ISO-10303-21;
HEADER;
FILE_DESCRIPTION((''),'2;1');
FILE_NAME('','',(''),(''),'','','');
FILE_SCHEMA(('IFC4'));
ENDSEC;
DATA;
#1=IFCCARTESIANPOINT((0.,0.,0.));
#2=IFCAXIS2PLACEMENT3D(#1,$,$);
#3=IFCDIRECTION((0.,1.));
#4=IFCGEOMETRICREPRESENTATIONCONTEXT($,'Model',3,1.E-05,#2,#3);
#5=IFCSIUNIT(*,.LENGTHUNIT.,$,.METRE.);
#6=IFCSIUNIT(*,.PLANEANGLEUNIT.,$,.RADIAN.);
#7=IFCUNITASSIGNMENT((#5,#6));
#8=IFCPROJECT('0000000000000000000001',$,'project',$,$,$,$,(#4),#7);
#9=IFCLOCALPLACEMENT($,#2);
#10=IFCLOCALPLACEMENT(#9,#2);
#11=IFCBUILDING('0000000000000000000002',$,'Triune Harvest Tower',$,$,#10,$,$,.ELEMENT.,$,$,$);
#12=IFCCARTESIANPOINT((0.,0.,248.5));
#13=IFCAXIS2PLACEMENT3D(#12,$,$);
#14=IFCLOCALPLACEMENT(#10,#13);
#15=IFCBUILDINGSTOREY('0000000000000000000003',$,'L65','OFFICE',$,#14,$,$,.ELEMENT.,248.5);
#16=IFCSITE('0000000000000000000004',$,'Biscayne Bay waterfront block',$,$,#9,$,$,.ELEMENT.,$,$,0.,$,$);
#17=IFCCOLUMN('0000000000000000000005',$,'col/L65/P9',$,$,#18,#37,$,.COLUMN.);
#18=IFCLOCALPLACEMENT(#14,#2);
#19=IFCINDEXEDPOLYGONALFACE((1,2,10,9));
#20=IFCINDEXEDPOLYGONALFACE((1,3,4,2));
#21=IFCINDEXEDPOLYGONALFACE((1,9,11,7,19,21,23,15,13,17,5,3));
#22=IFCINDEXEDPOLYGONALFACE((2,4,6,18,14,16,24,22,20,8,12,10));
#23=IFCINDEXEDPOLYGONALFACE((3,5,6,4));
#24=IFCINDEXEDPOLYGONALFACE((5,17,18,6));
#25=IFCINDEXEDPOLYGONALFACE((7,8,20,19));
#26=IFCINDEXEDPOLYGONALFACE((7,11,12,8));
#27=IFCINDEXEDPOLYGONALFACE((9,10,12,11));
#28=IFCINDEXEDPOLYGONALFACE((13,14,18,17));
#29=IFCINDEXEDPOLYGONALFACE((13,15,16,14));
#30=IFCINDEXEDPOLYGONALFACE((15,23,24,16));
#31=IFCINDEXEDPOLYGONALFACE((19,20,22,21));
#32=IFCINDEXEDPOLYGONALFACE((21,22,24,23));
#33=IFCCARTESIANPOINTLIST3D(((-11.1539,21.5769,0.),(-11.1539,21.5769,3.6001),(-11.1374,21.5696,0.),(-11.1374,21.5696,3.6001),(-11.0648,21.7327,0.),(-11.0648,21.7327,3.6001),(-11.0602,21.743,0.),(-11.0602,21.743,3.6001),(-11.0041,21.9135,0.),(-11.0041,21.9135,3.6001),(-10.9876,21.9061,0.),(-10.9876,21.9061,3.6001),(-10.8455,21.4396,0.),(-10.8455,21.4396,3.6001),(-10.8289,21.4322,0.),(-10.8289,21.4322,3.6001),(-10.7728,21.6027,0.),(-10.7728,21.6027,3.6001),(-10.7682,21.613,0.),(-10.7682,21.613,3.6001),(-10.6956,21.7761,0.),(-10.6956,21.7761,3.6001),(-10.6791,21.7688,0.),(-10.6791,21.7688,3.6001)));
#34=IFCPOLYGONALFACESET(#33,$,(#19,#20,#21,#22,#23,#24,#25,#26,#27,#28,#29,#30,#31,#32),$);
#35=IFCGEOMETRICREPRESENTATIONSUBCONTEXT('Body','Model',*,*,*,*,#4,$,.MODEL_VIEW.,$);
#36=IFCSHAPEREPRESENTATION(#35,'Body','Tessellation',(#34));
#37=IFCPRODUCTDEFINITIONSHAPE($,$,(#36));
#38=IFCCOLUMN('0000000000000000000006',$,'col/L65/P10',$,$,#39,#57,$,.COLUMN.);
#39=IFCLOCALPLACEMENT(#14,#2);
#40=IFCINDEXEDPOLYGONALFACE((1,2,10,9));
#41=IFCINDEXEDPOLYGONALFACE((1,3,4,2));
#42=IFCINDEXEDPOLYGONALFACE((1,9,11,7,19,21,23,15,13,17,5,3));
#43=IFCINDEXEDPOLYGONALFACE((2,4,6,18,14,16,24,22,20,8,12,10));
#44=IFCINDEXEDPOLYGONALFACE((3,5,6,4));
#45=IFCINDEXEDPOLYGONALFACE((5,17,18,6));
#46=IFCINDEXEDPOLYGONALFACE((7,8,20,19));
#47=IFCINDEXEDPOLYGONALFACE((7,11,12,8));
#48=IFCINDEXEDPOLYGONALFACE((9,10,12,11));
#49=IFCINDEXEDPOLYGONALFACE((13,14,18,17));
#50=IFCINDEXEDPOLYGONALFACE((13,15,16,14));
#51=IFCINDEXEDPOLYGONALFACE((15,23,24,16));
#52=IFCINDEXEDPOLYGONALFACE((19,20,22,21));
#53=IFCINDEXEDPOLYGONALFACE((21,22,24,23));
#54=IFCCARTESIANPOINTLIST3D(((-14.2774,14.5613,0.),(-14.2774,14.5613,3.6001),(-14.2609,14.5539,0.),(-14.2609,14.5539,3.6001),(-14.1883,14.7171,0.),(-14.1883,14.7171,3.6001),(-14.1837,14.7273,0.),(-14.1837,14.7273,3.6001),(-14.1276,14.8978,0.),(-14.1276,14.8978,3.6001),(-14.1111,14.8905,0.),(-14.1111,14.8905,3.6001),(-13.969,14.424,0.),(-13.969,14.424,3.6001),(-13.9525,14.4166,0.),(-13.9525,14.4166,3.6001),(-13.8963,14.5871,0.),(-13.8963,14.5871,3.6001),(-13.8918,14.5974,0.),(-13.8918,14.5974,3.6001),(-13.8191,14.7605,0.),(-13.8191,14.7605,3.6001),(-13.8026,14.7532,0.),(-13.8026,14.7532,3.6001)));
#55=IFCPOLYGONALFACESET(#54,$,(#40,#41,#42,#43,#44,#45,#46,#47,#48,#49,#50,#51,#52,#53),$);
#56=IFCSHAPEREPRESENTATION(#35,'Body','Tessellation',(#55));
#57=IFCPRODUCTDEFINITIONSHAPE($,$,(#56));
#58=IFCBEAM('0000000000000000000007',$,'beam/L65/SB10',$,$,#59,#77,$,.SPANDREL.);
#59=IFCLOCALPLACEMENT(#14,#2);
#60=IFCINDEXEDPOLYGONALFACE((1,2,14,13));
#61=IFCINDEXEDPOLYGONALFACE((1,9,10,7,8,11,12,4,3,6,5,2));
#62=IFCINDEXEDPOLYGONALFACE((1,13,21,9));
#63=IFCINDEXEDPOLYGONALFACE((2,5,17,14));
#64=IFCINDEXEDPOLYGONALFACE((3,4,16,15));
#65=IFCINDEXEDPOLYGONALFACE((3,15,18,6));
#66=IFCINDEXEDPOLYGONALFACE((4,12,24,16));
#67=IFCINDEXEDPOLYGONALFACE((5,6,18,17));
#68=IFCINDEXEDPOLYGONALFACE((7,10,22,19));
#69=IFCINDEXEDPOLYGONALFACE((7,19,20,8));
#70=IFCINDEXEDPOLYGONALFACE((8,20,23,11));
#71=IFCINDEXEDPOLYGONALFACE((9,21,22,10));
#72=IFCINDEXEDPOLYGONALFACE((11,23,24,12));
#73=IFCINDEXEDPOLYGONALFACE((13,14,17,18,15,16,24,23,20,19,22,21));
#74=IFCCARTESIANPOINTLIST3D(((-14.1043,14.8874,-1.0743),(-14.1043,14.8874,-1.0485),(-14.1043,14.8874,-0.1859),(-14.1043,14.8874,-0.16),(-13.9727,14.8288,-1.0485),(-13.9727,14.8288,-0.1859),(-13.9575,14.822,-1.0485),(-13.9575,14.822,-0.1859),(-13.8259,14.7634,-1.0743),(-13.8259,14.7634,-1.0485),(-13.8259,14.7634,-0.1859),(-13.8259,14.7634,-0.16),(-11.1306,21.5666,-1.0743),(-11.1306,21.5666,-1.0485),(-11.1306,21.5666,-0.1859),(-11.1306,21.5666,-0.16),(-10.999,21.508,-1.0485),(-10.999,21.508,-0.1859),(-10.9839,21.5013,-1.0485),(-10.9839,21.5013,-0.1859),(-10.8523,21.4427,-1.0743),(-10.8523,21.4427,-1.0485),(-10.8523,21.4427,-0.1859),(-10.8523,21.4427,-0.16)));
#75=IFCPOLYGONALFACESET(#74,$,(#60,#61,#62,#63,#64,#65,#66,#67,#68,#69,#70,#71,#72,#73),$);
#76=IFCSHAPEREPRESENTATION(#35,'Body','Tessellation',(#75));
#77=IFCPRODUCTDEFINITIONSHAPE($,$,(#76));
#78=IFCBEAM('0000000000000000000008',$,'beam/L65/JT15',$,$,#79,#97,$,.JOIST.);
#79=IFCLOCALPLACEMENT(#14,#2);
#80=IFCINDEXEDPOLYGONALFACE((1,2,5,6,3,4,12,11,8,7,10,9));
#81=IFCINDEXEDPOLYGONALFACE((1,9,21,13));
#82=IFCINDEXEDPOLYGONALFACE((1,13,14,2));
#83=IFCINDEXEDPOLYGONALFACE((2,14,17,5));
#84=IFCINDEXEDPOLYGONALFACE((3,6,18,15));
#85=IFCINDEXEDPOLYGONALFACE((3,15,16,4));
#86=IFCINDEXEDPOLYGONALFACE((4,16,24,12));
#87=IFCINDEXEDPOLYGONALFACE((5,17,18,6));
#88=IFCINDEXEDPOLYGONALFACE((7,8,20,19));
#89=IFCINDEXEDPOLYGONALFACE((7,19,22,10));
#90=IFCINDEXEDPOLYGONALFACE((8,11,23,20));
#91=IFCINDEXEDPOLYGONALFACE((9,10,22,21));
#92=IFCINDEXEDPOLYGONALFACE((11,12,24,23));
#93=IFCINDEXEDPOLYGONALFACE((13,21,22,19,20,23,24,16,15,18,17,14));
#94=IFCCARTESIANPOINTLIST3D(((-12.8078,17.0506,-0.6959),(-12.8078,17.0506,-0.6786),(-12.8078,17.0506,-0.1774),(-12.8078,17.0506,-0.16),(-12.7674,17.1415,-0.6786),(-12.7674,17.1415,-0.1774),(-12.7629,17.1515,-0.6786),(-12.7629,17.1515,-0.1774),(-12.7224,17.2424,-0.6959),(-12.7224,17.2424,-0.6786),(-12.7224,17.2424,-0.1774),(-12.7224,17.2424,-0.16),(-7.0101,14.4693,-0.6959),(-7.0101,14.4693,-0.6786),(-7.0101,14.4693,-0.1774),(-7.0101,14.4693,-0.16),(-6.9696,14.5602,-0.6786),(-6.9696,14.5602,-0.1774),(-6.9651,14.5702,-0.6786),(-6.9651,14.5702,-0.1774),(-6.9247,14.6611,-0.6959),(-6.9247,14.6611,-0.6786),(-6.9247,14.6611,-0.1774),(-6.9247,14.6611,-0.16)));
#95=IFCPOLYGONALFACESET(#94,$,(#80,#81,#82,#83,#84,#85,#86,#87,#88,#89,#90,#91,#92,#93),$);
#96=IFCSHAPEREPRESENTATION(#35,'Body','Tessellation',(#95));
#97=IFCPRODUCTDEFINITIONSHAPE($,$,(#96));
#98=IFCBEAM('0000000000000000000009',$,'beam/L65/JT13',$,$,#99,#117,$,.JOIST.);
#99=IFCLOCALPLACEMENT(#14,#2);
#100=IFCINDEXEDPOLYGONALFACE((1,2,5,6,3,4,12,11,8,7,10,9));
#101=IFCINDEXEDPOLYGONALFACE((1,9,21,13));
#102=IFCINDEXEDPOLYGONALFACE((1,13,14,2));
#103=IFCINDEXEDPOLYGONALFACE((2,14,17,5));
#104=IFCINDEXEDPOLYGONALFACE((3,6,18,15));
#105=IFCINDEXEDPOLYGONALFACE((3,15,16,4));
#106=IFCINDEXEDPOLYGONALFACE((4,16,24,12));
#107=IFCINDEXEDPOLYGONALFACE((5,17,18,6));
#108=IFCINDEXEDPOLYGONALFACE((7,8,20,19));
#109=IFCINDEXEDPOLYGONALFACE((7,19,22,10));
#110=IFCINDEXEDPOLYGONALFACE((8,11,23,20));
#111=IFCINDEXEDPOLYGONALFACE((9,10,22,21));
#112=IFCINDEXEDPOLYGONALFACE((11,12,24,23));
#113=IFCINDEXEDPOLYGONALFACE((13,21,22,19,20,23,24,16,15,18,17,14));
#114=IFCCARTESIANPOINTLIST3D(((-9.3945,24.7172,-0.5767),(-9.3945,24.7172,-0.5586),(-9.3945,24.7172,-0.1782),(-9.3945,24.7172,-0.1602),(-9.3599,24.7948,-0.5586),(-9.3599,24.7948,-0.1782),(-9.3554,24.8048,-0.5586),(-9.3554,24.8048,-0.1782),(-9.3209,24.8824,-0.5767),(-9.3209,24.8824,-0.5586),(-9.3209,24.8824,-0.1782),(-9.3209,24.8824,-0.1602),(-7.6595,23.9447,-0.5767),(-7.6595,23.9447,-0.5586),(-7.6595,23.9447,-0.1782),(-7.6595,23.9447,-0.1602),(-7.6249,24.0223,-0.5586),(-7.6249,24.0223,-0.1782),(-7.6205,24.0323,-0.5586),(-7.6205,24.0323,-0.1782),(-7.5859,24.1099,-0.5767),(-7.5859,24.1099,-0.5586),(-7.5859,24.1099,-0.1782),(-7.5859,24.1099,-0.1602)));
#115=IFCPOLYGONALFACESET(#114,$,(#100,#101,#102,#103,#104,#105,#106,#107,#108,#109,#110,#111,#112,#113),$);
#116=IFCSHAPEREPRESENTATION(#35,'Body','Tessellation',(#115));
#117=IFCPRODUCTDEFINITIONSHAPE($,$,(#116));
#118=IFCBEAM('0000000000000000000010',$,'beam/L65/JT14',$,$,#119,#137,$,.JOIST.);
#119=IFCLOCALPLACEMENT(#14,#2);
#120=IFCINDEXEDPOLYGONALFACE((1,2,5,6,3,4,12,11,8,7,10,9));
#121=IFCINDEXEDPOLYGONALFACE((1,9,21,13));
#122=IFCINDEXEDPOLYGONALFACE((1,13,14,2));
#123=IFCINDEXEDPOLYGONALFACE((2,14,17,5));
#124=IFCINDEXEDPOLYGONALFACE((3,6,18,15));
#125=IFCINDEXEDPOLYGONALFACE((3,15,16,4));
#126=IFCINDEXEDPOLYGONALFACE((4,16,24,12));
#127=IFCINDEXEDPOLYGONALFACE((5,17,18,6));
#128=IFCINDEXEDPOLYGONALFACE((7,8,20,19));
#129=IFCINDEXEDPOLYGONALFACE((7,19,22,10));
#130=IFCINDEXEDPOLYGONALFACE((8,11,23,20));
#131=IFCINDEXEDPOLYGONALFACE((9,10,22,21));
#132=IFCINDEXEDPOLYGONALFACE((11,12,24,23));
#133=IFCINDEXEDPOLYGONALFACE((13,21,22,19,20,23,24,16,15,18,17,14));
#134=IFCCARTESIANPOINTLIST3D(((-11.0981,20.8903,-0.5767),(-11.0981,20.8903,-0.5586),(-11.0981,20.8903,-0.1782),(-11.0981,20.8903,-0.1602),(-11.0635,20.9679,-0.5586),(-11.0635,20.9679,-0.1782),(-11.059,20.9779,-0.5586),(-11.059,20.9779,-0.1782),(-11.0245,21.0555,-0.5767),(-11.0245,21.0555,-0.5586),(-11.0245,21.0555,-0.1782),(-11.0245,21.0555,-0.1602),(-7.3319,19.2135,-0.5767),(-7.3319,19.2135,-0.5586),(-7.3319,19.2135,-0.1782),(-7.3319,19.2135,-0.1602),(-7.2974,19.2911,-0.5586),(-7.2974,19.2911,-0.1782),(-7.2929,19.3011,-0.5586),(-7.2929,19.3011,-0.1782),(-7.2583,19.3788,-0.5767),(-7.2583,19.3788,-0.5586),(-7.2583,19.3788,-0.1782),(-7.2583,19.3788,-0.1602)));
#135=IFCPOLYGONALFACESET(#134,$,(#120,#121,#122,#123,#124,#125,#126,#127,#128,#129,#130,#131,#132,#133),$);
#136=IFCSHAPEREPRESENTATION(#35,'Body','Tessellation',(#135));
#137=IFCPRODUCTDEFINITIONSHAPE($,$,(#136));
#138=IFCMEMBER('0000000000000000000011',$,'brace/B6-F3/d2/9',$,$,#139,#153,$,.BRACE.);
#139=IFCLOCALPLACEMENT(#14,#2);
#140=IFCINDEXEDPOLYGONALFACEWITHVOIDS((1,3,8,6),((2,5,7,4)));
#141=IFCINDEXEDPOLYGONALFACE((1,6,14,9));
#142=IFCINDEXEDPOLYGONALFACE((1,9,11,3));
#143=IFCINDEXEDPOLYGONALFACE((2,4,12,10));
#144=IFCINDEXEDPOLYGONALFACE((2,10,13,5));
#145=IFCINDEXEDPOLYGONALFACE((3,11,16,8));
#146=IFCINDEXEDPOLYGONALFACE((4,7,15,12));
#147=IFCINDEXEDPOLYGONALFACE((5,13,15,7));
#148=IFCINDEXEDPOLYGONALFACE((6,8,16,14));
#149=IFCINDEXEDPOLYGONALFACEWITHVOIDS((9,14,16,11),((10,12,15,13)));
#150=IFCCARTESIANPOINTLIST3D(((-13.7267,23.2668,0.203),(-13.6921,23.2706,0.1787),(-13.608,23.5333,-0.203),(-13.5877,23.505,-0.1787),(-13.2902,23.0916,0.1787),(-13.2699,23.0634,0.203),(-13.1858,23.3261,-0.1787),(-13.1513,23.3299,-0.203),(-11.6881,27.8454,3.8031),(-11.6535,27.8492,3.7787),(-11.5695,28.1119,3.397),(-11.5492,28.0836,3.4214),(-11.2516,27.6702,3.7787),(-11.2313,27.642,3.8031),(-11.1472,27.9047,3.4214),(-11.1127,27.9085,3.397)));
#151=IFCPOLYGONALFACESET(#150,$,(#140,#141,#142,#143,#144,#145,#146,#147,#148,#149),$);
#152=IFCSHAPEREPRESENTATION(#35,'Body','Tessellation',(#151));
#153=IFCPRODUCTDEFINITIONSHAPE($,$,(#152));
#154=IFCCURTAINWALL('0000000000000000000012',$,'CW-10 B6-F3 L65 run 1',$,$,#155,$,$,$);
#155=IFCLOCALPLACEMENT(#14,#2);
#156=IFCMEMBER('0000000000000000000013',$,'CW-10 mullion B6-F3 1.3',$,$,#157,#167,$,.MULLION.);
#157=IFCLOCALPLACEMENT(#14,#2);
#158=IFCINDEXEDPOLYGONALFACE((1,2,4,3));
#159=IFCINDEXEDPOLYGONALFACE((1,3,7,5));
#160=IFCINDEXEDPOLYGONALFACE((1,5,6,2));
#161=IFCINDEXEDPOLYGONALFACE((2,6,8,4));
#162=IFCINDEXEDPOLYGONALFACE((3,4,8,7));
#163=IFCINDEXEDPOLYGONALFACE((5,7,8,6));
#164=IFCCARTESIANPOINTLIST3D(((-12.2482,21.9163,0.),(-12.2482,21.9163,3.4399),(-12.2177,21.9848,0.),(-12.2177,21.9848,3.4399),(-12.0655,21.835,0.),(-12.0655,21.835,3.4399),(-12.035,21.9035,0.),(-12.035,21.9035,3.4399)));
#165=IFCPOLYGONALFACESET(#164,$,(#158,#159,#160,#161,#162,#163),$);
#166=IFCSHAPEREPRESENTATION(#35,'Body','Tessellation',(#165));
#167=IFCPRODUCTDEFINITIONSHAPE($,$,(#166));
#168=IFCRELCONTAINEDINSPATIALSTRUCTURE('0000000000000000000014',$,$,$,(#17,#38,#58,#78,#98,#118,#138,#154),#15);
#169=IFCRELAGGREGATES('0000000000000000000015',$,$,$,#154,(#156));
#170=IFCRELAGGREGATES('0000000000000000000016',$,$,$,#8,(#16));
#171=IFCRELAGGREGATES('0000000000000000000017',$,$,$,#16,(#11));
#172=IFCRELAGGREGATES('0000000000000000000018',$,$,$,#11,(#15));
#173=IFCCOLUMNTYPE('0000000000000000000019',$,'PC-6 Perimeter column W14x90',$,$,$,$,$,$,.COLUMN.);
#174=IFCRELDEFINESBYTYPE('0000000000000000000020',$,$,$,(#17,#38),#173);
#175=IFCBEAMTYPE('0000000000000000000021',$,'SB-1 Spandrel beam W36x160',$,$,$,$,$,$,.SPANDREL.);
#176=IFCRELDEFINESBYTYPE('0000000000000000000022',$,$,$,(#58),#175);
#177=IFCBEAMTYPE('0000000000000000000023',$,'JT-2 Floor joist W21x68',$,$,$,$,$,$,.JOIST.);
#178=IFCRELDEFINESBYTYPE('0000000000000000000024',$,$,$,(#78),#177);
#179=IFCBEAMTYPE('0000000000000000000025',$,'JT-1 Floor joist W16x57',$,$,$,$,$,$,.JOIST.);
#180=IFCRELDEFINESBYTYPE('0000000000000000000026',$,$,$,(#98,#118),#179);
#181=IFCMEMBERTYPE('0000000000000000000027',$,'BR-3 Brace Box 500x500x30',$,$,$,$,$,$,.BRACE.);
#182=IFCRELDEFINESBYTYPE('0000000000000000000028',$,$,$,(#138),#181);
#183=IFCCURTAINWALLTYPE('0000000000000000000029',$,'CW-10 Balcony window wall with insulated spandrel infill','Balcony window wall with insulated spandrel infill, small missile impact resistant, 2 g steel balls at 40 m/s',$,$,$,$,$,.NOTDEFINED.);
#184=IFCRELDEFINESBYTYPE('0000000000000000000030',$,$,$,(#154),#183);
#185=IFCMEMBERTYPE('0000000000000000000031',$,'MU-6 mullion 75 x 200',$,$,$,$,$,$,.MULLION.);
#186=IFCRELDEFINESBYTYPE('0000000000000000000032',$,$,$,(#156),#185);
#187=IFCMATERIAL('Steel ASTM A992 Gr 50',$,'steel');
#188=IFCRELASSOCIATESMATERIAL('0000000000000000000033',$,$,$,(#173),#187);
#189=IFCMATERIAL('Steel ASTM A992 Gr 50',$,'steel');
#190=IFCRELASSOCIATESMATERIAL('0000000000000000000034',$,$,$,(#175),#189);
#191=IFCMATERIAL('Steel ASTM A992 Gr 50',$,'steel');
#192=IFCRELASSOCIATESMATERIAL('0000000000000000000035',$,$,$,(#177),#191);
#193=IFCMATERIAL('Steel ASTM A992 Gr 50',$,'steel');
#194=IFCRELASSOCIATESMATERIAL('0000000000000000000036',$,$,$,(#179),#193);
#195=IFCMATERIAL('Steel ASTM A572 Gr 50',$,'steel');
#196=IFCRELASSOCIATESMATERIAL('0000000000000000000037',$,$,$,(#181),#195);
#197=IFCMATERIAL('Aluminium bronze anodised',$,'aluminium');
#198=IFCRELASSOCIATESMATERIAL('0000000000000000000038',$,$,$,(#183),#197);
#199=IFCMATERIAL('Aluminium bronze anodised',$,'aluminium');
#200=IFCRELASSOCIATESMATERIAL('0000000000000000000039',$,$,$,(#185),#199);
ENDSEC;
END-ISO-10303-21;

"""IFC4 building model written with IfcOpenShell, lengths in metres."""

from ifc_helpers import new_model, si_unit, direction, frame, origin, origin_2d, place, context, subcontext, project, spatial, rectangle, hollow_rectangle, i_section, extrude, source, transform, mapped, material, material_profile, profile_set, type_object, element, aggregate, save


model = new_model("IFC4")

# Units and contexts
model_context = context("Model", 3, precision=1e-05, world=origin(), true_north=direction((0.0, 1.0)))
body_context = subcontext(model_context, "Body", "Model", "MODEL_VIEW")
ifc_project = project(units=[si_unit("LENGTHUNIT", "METRE"), si_unit("PLANEANGLEUNIT", "RADIAN")], contexts=[model_context])

# Site, building, storey
site_placement = place(None, origin())
site = spatial("IfcSite", under=ifc_project, at=site_placement, Name="Biscayne Bay waterfront block", CompositionType="ELEMENT", RefElevation=0.0)
building_placement = place(site_placement, origin())
building = spatial("IfcBuilding", under=site, at=building_placement, Name="Triune Harvest Tower", CompositionType="ELEMENT")
storey_placement = place(building_placement, frame((0.0, 0.0, 248.5)))
storey = spatial("IfcBuildingStorey", under=building, at=storey_placement, Name="L65", Description="OFFICE", CompositionType="ELEMENT", Elevation=248.5)

# Columns
ifc_material_1 = material(Name="Steel ASTM A992 Gr 50", Category="steel")
ifc_material_profile_1 = material_profile(ifc_material_1, i_section(OverallWidth=0.3684, OverallDepth=0.3557, WebThickness=0.0112, FlangeThickness=0.0181, at=origin_2d()), Name="W14x90")
ifc_profile_set_1 = profile_set([ifc_material_profile_1], Name="Steel ASTM A992 Gr 50")
column_type = type_object("IfcColumnType", Name="PC-6 Perimeter column W14x90", PredefinedType="COLUMN", material=ifc_profile_set_1)
shared_shape_1 = source(origin(), body_context, "Body", "SweptSolid", [
    extrude(i_section(OverallWidth=0.3684, OverallDepth=0.3557, WebThickness=0.0112, FlangeThickness=0.0181, at=origin_2d()), origin(), (0.0, 0.0, 1.0), 3.6001),
])
for number, where, z_axis, x_axis, name in (
    (1, (-10.9165, 21.6729, 0.0), (0.0, 0.0, 1.0), (-0.406738, -0.913545, 0.0), "col/L65/P9"),
    (2, (-14.04, 14.6572, 0.0), (0.0, 0.0, 1.0), (-0.406738, -0.913545, 0.0), "col/L65/P10"),
):
    element("IfcColumn", number, at=place(storey_placement, frame(where, z_axis=z_axis, x_axis=x_axis)), inside=storey, type_object=column_type, Name=name, PredefinedType="COLUMN", context=body_context, shape_type="MappedRepresentation", body=[
        mapped(shared_shape_1, transform((0.0, 0.0, 0.0), scale=1.0)),
    ])

# Beams
ifc_material_2 = material(Name="Steel ASTM A992 Gr 50", Category="steel")
ifc_material_profile_2 = material_profile(ifc_material_2, i_section(OverallWidth=0.3047, OverallDepth=0.9143, WebThickness=0.0166, FlangeThickness=0.0259, at=origin_2d()), Name="W36x160")
ifc_profile_set_2 = profile_set([ifc_material_profile_2], Name="Steel ASTM A992 Gr 50")
beam_type_1 = type_object("IfcBeamType", Name="SB-1 Spandrel beam W36x160", PredefinedType="SPANDREL", material=ifc_profile_set_2)
shared_shape_2 = source(origin(), body_context, "Body", "SweptSolid", [
    extrude(i_section(OverallWidth=0.3047, OverallDepth=0.9143, WebThickness=0.0166, FlangeThickness=0.0259, at=origin_2d()), origin(), (0.0, 0.0, 1.0), 7.3113),
])
beam_1_placement = place(storey_placement, frame((-10.9915, 21.5046, -0.6172), z_axis=(-0.406721, -0.913552, 0.0), x_axis=(0.913552, -0.406721, 0.0)))
element("IfcBeam", 3, at=beam_1_placement, inside=storey, type_object=beam_type_1, Name="beam/L65/SB10", PredefinedType="SPANDREL", context=body_context, shape_type="MappedRepresentation", body=[
    mapped(shared_shape_2, transform((0.0, 0.0, 0.0), scale=1.0)),
])
ifc_material_3 = material(Name="Steel ASTM A992 Gr 50", Category="steel")
ifc_material_profile_3 = material_profile(ifc_material_3, i_section(OverallWidth=0.21, OverallDepth=0.5359, WebThickness=0.011, FlangeThickness=0.0173, at=origin_2d()), Name="W21x68")
ifc_profile_set_3 = profile_set([ifc_material_profile_3], Name="Steel ASTM A992 Gr 50")
beam_type_2 = type_object("IfcBeamType", Name="JT-2 Floor joist W21x68", PredefinedType="JOIST", material=ifc_profile_set_3)
shared_shape_3 = source(origin(), body_context, "Body", "SweptSolid", [
    extrude(i_section(OverallWidth=0.21, OverallDepth=0.5359, WebThickness=0.011, FlangeThickness=0.0173, at=origin_2d()), origin(), (0.0, 0.0, 1.0), 6.3464),
])
beam_2_placement = place(storey_placement, frame((-12.7651, 17.1465, -0.428), z_axis=(0.91355, -0.406727, 0.0), x_axis=(0.406727, 0.91355, 0.0)))
element("IfcBeam", 4, at=beam_2_placement, inside=storey, type_object=beam_type_2, Name="beam/L65/JT15", PredefinedType="JOIST", context=body_context, shape_type="MappedRepresentation", body=[
    mapped(shared_shape_3, transform((0.0, 0.0, 0.0), scale=1.0)),
])
ifc_material_4 = material(Name="Steel ASTM A992 Gr 50", Category="steel")
ifc_material_profile_4 = material_profile(ifc_material_4, i_section(OverallWidth=0.1809, OverallDepth=0.4165, WebThickness=0.011, FlangeThickness=0.0181, at=origin_2d()), Name="W16x57")
ifc_profile_set_4 = profile_set([ifc_material_profile_4], Name="Steel ASTM A992 Gr 50")
beam_type_3 = type_object("IfcBeamType", Name="JT-1 Floor joist W16x57", PredefinedType="JOIST", material=ifc_profile_set_4)
shared_shape_4 = source(origin(), body_context, "Body", "SweptSolid", [
    extrude(i_section(OverallWidth=0.1809, OverallDepth=0.4165, WebThickness=0.011, FlangeThickness=0.0181, at=origin_2d()), origin(), (0.0, 0.0, 1.0), 1.8992),
])
beam_3_placement = place(storey_placement, frame((-9.3577, 24.7998, -0.3684), z_axis=(0.913536, -0.406759, 0.0), x_axis=(0.406759, 0.913536, 0.0)))
element("IfcBeam", 5, at=beam_3_placement, inside=storey, type_object=beam_type_3, Name="beam/L65/JT13", PredefinedType="JOIST", context=body_context, shape_type="MappedRepresentation", body=[
    mapped(shared_shape_4, transform((0.0, 0.0, 0.0), scale=1.0)),
])
shared_shape_5 = source(origin(), body_context, "Body", "SweptSolid", [
    extrude(i_section(OverallWidth=0.1809, OverallDepth=0.4165, WebThickness=0.011, FlangeThickness=0.0181, at=origin_2d()), origin(), (0.0, 0.0, 1.0), 4.1226),
])
beam_4_placement = place(storey_placement, frame((-11.0613, 20.9729, -0.3684), z_axis=(0.913548, -0.406732, 0.0), x_axis=(0.406732, 0.913548, 0.0)))
element("IfcBeam", 6, at=beam_4_placement, inside=storey, type_object=beam_type_3, Name="beam/L65/JT14", PredefinedType="JOIST", context=body_context, shape_type="MappedRepresentation", body=[
    mapped(shared_shape_5, transform((0.0, 0.0, 0.0), scale=1.0)),
])

# Member
ifc_material_5 = material(Name="Steel ASTM A572 Gr 50", Category="steel")
ifc_material_profile_5 = material_profile(ifc_material_5, hollow_rectangle(XDim=0.5, YDim=0.5, WallThickness=0.03, at=origin_2d()), Name="Box 500x500x30")
ifc_profile_set_5 = profile_set([ifc_material_profile_5], Name="Steel ASTM A572 Gr 50")
member_type_1 = type_object("IfcMemberType", Name="BR-3 Brace Box 500x500x30", PredefinedType="BRACE", material=ifc_profile_set_5)
shared_shape_6 = source(origin(), body_context, "Body", "SweptSolid", [
    extrude(hollow_rectangle(XDim=0.5, YDim=0.5, WallThickness=0.03, at=origin_2d()), origin(), (0.0, 0.0, 1.0), 6.1709),
])
member_1_placement = place(storey_placement, frame((-13.439, 23.2983, 0.0), z_axis=(0.330352, 0.741967, 0.583398), x_axis=(-0.913542, 0.406744, 0.0)))
element("IfcMember", 7, at=member_1_placement, inside=storey, type_object=member_type_1, Name="brace/B6-F3/d2/9", PredefinedType="BRACE", context=body_context, shape_type="MappedRepresentation", body=[
    mapped(shared_shape_6, transform((0.0, 0.0, 0.0), scale=1.0)),
])

# Curtain wall, member
ifc_material_6 = material(Name="Aluminium bronze anodised", Category="aluminium")
curtain_wall_type = type_object("IfcCurtainWallType", Name="CW-10 Balcony window wall with insulated spandrel infill", Description="Balcony window wall with insulated spandrel infill, small missile impact resistant, 2 g steel balls at 40 m/s", PredefinedType="NOTDEFINED", material=ifc_material_6)
curtain_wall_placement = place(storey_placement, origin())
curtain_wall = element("IfcCurtainWall", 8, at=curtain_wall_placement, inside=storey, type_object=curtain_wall_type, Name="CW-10 B6-F3 L65 run 1")
ifc_material_7 = material(Name="Aluminium bronze anodised", Category="aluminium")
ifc_material_profile_6 = material_profile(ifc_material_7, rectangle(XDim=0.2, YDim=0.075, at=origin_2d()), Name="MU-6 mullion 75 x 200")
ifc_profile_set_6 = profile_set([ifc_material_profile_6], Name="Aluminium bronze anodised")
member_type_2 = type_object("IfcMemberType", Name="MU-6 mullion 75 x 200", PredefinedType="MULLION", material=ifc_profile_set_6)
shared_shape_7 = source(origin(), body_context, "Body", "SweptSolid", [
    extrude(rectangle(XDim=0.2, YDim=0.075, at=origin_2d()), origin(), (0.0, 0.0, 1.0), 3.4399),
])
member_2_placement = place(storey_placement, frame((-12.1416, 21.9099, 0.0), z_axis=(0.0, 0.0, 1.0), x_axis=(0.913545, -0.406738, 0.0)))
member_2 = element("IfcMember", 9, at=member_2_placement, type_object=member_type_2, Name="CW-10 mullion B6-F3 1.3", PredefinedType="MULLION", context=body_context, shape_type="MappedRepresentation", body=[
    mapped(shared_shape_7, transform((0.0, 0.0, 0.0), scale=1.0)),
])

aggregate(curtain_wall, [member_2])

save(model, "model.ifc")
